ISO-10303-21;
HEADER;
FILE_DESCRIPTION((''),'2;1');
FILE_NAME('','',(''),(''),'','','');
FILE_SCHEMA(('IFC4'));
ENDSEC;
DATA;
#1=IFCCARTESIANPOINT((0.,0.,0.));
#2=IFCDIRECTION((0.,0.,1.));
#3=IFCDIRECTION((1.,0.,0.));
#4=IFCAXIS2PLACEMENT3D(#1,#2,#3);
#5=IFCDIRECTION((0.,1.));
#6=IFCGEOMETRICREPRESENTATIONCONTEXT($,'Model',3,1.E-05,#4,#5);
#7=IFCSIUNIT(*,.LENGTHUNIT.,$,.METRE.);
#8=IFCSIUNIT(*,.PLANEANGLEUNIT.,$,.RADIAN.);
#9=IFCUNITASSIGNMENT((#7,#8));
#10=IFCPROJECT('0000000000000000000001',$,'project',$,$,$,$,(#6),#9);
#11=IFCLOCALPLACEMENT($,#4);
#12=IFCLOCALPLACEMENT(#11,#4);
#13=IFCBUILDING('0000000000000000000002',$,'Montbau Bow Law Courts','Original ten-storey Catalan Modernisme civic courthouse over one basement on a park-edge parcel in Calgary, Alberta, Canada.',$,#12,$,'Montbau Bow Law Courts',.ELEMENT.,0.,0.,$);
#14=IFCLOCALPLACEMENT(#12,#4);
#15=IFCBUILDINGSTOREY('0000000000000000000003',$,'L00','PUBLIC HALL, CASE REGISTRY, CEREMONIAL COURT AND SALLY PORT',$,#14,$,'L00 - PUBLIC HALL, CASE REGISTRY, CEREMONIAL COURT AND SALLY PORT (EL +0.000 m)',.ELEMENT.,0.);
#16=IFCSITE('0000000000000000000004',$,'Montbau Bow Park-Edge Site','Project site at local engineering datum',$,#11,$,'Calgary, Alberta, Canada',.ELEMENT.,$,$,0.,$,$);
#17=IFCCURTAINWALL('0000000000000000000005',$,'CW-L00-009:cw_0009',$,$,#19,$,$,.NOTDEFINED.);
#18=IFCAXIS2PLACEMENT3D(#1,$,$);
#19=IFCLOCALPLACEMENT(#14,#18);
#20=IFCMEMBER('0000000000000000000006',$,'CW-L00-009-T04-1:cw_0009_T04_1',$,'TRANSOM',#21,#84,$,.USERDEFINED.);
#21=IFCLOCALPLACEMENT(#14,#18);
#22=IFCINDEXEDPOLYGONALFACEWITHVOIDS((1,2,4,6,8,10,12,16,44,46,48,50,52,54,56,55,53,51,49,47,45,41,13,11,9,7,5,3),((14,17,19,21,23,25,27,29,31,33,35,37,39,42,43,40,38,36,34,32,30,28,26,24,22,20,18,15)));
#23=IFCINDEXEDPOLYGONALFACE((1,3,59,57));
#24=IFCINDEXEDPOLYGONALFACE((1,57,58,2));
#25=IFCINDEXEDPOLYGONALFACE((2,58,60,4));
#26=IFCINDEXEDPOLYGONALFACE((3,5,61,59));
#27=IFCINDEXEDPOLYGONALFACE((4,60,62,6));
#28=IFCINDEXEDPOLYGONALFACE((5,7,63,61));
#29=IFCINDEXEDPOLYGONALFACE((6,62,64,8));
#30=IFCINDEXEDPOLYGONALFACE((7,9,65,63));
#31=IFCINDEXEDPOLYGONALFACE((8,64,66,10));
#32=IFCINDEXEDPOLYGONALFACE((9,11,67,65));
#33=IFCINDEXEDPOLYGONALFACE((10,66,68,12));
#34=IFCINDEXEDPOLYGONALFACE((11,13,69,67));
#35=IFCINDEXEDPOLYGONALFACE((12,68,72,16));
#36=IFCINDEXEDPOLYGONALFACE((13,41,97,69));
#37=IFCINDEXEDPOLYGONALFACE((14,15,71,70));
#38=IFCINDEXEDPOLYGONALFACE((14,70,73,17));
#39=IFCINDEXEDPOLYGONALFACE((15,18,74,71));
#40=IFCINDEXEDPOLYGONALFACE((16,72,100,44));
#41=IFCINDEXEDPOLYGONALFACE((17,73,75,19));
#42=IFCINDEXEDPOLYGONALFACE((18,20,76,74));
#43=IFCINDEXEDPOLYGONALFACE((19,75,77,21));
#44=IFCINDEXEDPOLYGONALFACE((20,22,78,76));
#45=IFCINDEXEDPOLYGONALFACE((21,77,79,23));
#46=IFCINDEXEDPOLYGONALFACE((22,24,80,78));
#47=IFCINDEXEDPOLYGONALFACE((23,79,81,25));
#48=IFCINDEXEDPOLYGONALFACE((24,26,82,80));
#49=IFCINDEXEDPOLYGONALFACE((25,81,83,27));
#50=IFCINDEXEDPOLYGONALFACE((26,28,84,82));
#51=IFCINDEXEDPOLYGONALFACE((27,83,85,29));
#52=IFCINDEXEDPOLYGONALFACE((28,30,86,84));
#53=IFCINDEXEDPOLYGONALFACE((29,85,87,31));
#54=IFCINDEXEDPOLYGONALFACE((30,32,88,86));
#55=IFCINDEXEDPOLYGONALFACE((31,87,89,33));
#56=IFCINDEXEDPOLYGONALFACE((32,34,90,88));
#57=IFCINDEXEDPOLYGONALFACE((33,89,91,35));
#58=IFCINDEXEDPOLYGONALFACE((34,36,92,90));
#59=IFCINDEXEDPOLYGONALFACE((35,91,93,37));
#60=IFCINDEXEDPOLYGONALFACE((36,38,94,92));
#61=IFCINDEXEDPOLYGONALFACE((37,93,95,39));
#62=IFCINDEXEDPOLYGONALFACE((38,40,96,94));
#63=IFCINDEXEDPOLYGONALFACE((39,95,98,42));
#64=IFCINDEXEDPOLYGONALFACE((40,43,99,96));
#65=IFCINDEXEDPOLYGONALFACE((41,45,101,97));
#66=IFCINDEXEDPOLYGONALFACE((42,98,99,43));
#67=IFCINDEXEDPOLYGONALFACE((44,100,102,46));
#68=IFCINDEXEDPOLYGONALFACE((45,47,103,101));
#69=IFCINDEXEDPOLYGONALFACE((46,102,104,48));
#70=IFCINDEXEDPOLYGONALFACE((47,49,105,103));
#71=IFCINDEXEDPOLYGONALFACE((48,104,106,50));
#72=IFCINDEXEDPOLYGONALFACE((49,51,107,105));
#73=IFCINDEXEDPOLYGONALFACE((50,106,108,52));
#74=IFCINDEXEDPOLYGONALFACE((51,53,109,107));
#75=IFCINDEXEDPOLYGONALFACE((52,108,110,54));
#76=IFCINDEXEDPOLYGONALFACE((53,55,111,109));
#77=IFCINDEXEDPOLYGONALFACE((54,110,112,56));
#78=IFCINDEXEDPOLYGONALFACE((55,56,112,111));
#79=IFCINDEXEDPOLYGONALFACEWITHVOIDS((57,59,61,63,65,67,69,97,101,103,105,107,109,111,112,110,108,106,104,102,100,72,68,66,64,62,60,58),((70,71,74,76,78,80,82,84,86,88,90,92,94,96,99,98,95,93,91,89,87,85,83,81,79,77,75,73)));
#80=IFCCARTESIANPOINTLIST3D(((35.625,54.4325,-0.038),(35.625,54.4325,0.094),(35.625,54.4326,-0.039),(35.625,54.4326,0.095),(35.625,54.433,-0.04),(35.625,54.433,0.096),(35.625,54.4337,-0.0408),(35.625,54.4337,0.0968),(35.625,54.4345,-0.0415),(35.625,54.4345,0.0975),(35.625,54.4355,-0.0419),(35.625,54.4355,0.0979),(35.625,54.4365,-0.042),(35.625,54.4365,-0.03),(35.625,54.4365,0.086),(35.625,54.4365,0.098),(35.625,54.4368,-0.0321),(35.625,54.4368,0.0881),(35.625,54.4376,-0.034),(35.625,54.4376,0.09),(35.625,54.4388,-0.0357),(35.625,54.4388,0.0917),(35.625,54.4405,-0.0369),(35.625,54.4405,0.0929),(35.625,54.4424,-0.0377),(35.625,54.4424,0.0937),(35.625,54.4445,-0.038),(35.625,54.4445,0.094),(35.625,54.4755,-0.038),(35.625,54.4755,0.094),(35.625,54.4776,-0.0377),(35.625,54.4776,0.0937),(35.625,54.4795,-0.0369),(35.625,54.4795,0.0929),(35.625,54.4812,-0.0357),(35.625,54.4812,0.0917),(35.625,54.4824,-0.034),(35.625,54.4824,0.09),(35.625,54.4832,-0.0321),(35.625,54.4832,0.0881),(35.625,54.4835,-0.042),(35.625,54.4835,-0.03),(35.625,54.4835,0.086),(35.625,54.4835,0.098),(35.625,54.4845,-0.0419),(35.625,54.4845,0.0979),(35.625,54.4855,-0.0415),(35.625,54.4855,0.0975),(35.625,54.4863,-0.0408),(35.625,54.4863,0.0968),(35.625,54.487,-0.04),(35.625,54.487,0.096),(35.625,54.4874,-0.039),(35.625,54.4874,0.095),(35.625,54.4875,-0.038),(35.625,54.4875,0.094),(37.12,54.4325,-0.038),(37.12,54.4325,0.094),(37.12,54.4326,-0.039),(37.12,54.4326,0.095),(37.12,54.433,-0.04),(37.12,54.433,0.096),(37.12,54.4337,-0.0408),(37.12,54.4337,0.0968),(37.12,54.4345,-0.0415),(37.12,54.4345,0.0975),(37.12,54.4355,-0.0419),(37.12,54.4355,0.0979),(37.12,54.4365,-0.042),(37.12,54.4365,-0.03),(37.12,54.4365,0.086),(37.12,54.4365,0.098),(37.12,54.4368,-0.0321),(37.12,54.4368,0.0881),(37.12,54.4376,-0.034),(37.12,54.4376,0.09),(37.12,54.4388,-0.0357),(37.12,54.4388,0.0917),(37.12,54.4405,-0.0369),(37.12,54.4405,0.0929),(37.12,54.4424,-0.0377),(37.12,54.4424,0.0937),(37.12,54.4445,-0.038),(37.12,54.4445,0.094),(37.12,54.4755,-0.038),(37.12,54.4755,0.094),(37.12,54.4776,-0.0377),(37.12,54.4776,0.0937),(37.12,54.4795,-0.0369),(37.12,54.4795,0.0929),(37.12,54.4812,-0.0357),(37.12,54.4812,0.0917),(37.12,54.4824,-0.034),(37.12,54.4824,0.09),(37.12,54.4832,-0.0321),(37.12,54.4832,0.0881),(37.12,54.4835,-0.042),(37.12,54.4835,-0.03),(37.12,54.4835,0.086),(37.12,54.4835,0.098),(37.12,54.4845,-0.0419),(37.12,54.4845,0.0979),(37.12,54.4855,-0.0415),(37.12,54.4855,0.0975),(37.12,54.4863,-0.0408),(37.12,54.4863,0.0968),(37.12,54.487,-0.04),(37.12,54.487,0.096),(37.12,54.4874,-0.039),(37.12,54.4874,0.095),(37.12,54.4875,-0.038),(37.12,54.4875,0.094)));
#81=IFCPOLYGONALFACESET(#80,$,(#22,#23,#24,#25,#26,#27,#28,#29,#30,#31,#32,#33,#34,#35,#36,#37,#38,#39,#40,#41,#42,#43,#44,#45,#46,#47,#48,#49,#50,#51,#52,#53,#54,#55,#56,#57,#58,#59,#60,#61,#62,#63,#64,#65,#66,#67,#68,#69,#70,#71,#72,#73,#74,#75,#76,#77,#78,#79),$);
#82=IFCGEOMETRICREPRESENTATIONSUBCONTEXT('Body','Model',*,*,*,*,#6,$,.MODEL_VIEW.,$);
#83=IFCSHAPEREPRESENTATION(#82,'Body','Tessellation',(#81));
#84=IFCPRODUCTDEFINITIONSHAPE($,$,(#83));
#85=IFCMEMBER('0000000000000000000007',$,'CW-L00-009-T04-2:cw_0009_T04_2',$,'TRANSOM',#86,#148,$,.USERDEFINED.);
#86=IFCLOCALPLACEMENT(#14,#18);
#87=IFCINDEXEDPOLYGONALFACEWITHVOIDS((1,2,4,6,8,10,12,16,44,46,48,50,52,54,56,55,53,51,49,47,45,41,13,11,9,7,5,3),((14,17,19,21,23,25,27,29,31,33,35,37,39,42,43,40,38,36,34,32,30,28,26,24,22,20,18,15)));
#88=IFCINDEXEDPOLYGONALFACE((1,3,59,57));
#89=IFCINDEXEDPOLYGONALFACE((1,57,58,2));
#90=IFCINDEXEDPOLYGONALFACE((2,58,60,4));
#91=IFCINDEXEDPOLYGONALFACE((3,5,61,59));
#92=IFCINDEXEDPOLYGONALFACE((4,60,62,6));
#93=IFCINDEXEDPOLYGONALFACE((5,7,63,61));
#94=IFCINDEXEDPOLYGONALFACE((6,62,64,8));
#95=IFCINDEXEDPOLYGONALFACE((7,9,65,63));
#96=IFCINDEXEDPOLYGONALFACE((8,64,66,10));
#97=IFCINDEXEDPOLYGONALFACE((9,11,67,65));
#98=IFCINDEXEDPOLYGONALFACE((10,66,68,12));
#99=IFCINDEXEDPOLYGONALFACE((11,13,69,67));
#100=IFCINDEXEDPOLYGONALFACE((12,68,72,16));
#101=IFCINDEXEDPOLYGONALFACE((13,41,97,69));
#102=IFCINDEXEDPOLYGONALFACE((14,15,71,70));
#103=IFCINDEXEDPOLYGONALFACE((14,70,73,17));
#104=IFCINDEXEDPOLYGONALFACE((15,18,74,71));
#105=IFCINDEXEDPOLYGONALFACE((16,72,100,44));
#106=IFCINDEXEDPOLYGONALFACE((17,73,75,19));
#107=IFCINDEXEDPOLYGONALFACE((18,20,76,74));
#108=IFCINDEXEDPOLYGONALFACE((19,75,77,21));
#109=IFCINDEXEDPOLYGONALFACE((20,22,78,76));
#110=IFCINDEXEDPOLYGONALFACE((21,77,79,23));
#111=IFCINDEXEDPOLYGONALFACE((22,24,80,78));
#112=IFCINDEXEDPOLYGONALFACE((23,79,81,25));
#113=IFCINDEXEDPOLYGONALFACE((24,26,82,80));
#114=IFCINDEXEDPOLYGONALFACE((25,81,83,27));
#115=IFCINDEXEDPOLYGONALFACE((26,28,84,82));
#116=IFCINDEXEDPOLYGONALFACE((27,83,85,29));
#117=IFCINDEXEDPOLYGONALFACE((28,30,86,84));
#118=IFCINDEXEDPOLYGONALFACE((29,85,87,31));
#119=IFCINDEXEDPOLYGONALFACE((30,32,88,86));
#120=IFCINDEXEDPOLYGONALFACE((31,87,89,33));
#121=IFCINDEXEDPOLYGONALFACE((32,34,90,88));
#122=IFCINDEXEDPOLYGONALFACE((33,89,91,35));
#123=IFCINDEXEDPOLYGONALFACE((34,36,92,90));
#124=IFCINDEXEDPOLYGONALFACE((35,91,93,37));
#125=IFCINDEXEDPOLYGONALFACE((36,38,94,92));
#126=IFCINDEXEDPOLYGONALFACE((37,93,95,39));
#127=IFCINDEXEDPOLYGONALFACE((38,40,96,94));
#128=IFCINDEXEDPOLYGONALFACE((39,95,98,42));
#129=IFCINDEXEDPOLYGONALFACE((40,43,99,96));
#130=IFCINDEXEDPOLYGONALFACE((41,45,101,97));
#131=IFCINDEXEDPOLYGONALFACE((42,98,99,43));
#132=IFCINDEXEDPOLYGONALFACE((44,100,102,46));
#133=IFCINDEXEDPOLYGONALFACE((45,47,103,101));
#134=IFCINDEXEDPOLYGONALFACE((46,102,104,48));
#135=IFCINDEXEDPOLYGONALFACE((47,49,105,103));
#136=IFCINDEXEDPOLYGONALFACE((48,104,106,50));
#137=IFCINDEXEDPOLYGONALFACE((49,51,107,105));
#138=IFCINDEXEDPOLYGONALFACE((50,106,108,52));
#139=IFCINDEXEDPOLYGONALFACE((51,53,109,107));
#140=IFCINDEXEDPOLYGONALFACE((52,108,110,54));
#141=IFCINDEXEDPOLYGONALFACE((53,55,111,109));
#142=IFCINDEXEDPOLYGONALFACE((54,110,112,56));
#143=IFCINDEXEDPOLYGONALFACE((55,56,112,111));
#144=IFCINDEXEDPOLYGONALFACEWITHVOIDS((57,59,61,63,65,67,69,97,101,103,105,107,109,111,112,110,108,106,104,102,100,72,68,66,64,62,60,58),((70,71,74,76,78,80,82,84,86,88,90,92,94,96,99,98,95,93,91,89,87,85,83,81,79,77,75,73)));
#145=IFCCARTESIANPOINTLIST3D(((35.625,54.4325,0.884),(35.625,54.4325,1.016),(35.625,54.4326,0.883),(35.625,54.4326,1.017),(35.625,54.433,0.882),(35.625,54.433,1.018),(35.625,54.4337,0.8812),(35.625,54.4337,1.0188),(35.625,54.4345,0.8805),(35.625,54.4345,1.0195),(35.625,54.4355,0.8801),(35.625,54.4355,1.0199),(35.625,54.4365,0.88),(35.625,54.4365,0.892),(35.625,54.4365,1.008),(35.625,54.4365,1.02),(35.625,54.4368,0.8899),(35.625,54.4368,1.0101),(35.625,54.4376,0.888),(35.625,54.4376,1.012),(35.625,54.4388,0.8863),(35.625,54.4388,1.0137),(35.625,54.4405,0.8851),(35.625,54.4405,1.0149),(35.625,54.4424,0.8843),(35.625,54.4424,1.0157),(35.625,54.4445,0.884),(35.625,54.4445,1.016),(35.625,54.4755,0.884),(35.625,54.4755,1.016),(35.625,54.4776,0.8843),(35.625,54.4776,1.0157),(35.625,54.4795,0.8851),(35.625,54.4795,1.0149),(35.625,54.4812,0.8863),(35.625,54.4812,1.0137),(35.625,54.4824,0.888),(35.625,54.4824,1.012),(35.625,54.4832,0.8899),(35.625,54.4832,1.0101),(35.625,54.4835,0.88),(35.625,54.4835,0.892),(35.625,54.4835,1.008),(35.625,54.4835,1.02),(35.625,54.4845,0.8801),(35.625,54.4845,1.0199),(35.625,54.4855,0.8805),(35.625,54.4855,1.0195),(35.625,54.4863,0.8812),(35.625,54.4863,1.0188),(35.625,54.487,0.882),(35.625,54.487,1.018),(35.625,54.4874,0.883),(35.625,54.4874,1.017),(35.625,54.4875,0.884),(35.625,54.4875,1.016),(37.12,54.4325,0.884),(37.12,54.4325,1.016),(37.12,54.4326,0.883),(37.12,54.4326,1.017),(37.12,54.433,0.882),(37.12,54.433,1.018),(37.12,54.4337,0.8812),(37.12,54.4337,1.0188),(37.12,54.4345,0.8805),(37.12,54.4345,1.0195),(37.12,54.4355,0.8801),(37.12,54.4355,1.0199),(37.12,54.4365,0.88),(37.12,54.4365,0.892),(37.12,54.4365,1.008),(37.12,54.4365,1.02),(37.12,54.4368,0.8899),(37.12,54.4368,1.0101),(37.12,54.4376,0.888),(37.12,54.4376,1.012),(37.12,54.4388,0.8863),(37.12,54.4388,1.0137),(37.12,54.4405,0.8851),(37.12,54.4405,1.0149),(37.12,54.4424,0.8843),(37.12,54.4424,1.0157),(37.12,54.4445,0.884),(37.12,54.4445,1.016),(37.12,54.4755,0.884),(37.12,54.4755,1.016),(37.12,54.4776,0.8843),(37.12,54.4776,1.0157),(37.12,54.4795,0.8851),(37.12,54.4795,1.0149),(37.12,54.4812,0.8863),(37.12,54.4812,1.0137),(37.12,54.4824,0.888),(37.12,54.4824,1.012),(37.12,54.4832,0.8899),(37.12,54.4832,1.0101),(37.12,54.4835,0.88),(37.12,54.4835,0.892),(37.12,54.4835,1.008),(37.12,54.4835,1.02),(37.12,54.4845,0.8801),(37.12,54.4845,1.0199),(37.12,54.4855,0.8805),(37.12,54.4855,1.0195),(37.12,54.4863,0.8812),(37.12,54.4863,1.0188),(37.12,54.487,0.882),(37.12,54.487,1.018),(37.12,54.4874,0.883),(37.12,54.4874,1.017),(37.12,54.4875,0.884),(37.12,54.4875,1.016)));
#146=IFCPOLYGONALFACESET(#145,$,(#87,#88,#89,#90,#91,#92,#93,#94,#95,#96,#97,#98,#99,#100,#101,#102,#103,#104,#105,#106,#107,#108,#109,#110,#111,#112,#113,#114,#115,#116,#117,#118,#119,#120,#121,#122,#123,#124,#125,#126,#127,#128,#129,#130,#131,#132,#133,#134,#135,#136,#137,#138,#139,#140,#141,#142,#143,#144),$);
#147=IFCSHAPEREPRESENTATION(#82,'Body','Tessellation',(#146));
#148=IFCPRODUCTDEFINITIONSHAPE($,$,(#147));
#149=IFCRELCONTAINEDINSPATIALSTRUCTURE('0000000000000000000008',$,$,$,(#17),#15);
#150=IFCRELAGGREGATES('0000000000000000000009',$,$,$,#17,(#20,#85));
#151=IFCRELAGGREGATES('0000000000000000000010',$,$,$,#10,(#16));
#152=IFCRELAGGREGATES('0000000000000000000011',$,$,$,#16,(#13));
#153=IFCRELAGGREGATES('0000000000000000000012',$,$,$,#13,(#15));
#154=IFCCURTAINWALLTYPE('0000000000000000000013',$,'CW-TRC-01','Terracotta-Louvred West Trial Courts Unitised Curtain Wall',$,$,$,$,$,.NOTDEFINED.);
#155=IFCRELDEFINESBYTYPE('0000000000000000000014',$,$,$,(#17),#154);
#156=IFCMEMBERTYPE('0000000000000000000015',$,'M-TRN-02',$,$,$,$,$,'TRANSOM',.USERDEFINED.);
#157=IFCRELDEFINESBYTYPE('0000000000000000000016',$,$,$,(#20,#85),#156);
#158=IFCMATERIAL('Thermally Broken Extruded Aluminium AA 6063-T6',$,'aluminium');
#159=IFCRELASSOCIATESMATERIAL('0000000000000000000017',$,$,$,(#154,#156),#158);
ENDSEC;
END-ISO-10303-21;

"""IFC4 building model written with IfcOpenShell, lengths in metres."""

from ifc_helpers import new_model, si_unit, direction, frame, origin_with_axes, origin_2d_with_axis, place, context, subcontext, project, spatial, hollow_rectangle, extrude, material, material_profile, profile_set, type_object, element, aggregate, save


model = new_model("IFC4")

# Units and contexts
model_context = context("Model", 3, precision=1e-05, world=origin_with_axes(), true_north=direction((0.0, 1.0)))
body_context = subcontext(model_context, "Body", "Model", "MODEL_VIEW")
ifc_project = project(units=[si_unit("LENGTHUNIT", "METRE"), si_unit("PLANEANGLEUNIT", "RADIAN")], contexts=[model_context])

# Site, building, storey
site_placement = place(None, origin_with_axes())
site = spatial("IfcSite", under=ifc_project, at=site_placement, Name="Montbau Bow Park-Edge Site", Description="Project site at local engineering datum", LongName="Calgary, Alberta, Canada", CompositionType="ELEMENT", RefElevation=0.0)
building_placement = place(site_placement, origin_with_axes())
building = spatial("IfcBuilding", under=site, at=building_placement, Name="Montbau Bow Law Courts", Description="Original ten-storey Catalan Modernisme civic courthouse over one basement on a park-edge parcel in Calgary, Alberta, Canada.", LongName="Montbau Bow Law Courts", CompositionType="ELEMENT", ElevationOfRefHeight=0.0, ElevationOfTerrain=0.0)
storey_placement = place(building_placement, origin_with_axes())
storey = spatial("IfcBuildingStorey", under=building, at=storey_placement, Name="L00", Description="PUBLIC HALL, CASE REGISTRY, CEREMONIAL COURT AND SALLY PORT", LongName="L00 - PUBLIC HALL, CASE REGISTRY, CEREMONIAL COURT AND SALLY PORT (EL +0.000 m)", CompositionType="ELEMENT", Elevation=0.0)

# Curtain wall
ifc_material_1 = material(Name="Thermally Broken Extruded Aluminium AA 6063-T6", Category="aluminium")
curtain_wall_type = type_object("IfcCurtainWallType", Name="CW-TRC-01", Description="Terracotta-Louvred West Trial Courts Unitised Curtain Wall", PredefinedType="NOTDEFINED", material=ifc_material_1)
curtain_wall_1_placement = place(None, frame((30.867, 54.46, 0.0), z_axis=(0.0, 0.0, 1.0), x_axis=(1.0, 0.0, 0.0)))
curtain_wall_1 = element("IfcCurtainWall", 1, at=curtain_wall_1_placement, inside=storey, type_object=curtain_wall_type, Name="CW-L00-009:cw_0009", PredefinedType="NOTDEFINED")

# Members
ifc_material_profile_1 = material_profile(ifc_material_1, hollow_rectangle(XDim=0.055, YDim=0.14, WallThickness=0.004, InnerFilletRadius=0.008, OuterFilletRadius=0.004, at=origin_2d_with_axis()), Name="CWT-140X55", Category="Main", Priority=0)
ifc_profile_set_1 = profile_set([ifc_material_profile_1], Name="Thermally Broken Extruded Aluminium AA 6063-T6")
member_type_1 = type_object("IfcMemberType", Name="M-TRN-02", ElementType="TRANSOM", PredefinedType="USERDEFINED", material=ifc_profile_set_1)
member_1_placement = place(None, frame((35.625, 54.46, 0.028), z_axis=(1.0, 0.0, 0.0), x_axis=(0.0, 1.0, 0.0)))
member_1 = element("IfcMember", 2, at=member_1_placement, type_object=member_type_1, Name="CW-L00-009-T04-1:cw_0009_T04_1", ObjectType="TRANSOM", PredefinedType="USERDEFINED", context=body_context, shape_type="SweptSolid", body=[
    extrude(hollow_rectangle(XDim=0.055, YDim=0.14, WallThickness=0.004, InnerFilletRadius=0.008, OuterFilletRadius=0.004, at=origin_2d_with_axis()), origin_with_axes(), (0.0, 0.0, 1.0), 1.495),
])
member_2_placement = place(None, frame((35.625, 54.46, 0.95), z_axis=(1.0, 0.0, 0.0), x_axis=(0.0, 1.0, 0.0)))
member_2 = element("IfcMember", 3, at=member_2_placement, type_object=member_type_1, Name="CW-L00-009-T04-2:cw_0009_T04_2", ObjectType="TRANSOM", PredefinedType="USERDEFINED", context=body_context, shape_type="SweptSolid", body=[
    extrude(hollow_rectangle(XDim=0.055, YDim=0.14, WallThickness=0.004, InnerFilletRadius=0.008, OuterFilletRadius=0.004, at=origin_2d_with_axis()), origin_with_axes(), (0.0, 0.0, 1.0), 1.495),
])

aggregate(curtain_wall_1, [member_1, member_2])

save(model, "model.ifc")
